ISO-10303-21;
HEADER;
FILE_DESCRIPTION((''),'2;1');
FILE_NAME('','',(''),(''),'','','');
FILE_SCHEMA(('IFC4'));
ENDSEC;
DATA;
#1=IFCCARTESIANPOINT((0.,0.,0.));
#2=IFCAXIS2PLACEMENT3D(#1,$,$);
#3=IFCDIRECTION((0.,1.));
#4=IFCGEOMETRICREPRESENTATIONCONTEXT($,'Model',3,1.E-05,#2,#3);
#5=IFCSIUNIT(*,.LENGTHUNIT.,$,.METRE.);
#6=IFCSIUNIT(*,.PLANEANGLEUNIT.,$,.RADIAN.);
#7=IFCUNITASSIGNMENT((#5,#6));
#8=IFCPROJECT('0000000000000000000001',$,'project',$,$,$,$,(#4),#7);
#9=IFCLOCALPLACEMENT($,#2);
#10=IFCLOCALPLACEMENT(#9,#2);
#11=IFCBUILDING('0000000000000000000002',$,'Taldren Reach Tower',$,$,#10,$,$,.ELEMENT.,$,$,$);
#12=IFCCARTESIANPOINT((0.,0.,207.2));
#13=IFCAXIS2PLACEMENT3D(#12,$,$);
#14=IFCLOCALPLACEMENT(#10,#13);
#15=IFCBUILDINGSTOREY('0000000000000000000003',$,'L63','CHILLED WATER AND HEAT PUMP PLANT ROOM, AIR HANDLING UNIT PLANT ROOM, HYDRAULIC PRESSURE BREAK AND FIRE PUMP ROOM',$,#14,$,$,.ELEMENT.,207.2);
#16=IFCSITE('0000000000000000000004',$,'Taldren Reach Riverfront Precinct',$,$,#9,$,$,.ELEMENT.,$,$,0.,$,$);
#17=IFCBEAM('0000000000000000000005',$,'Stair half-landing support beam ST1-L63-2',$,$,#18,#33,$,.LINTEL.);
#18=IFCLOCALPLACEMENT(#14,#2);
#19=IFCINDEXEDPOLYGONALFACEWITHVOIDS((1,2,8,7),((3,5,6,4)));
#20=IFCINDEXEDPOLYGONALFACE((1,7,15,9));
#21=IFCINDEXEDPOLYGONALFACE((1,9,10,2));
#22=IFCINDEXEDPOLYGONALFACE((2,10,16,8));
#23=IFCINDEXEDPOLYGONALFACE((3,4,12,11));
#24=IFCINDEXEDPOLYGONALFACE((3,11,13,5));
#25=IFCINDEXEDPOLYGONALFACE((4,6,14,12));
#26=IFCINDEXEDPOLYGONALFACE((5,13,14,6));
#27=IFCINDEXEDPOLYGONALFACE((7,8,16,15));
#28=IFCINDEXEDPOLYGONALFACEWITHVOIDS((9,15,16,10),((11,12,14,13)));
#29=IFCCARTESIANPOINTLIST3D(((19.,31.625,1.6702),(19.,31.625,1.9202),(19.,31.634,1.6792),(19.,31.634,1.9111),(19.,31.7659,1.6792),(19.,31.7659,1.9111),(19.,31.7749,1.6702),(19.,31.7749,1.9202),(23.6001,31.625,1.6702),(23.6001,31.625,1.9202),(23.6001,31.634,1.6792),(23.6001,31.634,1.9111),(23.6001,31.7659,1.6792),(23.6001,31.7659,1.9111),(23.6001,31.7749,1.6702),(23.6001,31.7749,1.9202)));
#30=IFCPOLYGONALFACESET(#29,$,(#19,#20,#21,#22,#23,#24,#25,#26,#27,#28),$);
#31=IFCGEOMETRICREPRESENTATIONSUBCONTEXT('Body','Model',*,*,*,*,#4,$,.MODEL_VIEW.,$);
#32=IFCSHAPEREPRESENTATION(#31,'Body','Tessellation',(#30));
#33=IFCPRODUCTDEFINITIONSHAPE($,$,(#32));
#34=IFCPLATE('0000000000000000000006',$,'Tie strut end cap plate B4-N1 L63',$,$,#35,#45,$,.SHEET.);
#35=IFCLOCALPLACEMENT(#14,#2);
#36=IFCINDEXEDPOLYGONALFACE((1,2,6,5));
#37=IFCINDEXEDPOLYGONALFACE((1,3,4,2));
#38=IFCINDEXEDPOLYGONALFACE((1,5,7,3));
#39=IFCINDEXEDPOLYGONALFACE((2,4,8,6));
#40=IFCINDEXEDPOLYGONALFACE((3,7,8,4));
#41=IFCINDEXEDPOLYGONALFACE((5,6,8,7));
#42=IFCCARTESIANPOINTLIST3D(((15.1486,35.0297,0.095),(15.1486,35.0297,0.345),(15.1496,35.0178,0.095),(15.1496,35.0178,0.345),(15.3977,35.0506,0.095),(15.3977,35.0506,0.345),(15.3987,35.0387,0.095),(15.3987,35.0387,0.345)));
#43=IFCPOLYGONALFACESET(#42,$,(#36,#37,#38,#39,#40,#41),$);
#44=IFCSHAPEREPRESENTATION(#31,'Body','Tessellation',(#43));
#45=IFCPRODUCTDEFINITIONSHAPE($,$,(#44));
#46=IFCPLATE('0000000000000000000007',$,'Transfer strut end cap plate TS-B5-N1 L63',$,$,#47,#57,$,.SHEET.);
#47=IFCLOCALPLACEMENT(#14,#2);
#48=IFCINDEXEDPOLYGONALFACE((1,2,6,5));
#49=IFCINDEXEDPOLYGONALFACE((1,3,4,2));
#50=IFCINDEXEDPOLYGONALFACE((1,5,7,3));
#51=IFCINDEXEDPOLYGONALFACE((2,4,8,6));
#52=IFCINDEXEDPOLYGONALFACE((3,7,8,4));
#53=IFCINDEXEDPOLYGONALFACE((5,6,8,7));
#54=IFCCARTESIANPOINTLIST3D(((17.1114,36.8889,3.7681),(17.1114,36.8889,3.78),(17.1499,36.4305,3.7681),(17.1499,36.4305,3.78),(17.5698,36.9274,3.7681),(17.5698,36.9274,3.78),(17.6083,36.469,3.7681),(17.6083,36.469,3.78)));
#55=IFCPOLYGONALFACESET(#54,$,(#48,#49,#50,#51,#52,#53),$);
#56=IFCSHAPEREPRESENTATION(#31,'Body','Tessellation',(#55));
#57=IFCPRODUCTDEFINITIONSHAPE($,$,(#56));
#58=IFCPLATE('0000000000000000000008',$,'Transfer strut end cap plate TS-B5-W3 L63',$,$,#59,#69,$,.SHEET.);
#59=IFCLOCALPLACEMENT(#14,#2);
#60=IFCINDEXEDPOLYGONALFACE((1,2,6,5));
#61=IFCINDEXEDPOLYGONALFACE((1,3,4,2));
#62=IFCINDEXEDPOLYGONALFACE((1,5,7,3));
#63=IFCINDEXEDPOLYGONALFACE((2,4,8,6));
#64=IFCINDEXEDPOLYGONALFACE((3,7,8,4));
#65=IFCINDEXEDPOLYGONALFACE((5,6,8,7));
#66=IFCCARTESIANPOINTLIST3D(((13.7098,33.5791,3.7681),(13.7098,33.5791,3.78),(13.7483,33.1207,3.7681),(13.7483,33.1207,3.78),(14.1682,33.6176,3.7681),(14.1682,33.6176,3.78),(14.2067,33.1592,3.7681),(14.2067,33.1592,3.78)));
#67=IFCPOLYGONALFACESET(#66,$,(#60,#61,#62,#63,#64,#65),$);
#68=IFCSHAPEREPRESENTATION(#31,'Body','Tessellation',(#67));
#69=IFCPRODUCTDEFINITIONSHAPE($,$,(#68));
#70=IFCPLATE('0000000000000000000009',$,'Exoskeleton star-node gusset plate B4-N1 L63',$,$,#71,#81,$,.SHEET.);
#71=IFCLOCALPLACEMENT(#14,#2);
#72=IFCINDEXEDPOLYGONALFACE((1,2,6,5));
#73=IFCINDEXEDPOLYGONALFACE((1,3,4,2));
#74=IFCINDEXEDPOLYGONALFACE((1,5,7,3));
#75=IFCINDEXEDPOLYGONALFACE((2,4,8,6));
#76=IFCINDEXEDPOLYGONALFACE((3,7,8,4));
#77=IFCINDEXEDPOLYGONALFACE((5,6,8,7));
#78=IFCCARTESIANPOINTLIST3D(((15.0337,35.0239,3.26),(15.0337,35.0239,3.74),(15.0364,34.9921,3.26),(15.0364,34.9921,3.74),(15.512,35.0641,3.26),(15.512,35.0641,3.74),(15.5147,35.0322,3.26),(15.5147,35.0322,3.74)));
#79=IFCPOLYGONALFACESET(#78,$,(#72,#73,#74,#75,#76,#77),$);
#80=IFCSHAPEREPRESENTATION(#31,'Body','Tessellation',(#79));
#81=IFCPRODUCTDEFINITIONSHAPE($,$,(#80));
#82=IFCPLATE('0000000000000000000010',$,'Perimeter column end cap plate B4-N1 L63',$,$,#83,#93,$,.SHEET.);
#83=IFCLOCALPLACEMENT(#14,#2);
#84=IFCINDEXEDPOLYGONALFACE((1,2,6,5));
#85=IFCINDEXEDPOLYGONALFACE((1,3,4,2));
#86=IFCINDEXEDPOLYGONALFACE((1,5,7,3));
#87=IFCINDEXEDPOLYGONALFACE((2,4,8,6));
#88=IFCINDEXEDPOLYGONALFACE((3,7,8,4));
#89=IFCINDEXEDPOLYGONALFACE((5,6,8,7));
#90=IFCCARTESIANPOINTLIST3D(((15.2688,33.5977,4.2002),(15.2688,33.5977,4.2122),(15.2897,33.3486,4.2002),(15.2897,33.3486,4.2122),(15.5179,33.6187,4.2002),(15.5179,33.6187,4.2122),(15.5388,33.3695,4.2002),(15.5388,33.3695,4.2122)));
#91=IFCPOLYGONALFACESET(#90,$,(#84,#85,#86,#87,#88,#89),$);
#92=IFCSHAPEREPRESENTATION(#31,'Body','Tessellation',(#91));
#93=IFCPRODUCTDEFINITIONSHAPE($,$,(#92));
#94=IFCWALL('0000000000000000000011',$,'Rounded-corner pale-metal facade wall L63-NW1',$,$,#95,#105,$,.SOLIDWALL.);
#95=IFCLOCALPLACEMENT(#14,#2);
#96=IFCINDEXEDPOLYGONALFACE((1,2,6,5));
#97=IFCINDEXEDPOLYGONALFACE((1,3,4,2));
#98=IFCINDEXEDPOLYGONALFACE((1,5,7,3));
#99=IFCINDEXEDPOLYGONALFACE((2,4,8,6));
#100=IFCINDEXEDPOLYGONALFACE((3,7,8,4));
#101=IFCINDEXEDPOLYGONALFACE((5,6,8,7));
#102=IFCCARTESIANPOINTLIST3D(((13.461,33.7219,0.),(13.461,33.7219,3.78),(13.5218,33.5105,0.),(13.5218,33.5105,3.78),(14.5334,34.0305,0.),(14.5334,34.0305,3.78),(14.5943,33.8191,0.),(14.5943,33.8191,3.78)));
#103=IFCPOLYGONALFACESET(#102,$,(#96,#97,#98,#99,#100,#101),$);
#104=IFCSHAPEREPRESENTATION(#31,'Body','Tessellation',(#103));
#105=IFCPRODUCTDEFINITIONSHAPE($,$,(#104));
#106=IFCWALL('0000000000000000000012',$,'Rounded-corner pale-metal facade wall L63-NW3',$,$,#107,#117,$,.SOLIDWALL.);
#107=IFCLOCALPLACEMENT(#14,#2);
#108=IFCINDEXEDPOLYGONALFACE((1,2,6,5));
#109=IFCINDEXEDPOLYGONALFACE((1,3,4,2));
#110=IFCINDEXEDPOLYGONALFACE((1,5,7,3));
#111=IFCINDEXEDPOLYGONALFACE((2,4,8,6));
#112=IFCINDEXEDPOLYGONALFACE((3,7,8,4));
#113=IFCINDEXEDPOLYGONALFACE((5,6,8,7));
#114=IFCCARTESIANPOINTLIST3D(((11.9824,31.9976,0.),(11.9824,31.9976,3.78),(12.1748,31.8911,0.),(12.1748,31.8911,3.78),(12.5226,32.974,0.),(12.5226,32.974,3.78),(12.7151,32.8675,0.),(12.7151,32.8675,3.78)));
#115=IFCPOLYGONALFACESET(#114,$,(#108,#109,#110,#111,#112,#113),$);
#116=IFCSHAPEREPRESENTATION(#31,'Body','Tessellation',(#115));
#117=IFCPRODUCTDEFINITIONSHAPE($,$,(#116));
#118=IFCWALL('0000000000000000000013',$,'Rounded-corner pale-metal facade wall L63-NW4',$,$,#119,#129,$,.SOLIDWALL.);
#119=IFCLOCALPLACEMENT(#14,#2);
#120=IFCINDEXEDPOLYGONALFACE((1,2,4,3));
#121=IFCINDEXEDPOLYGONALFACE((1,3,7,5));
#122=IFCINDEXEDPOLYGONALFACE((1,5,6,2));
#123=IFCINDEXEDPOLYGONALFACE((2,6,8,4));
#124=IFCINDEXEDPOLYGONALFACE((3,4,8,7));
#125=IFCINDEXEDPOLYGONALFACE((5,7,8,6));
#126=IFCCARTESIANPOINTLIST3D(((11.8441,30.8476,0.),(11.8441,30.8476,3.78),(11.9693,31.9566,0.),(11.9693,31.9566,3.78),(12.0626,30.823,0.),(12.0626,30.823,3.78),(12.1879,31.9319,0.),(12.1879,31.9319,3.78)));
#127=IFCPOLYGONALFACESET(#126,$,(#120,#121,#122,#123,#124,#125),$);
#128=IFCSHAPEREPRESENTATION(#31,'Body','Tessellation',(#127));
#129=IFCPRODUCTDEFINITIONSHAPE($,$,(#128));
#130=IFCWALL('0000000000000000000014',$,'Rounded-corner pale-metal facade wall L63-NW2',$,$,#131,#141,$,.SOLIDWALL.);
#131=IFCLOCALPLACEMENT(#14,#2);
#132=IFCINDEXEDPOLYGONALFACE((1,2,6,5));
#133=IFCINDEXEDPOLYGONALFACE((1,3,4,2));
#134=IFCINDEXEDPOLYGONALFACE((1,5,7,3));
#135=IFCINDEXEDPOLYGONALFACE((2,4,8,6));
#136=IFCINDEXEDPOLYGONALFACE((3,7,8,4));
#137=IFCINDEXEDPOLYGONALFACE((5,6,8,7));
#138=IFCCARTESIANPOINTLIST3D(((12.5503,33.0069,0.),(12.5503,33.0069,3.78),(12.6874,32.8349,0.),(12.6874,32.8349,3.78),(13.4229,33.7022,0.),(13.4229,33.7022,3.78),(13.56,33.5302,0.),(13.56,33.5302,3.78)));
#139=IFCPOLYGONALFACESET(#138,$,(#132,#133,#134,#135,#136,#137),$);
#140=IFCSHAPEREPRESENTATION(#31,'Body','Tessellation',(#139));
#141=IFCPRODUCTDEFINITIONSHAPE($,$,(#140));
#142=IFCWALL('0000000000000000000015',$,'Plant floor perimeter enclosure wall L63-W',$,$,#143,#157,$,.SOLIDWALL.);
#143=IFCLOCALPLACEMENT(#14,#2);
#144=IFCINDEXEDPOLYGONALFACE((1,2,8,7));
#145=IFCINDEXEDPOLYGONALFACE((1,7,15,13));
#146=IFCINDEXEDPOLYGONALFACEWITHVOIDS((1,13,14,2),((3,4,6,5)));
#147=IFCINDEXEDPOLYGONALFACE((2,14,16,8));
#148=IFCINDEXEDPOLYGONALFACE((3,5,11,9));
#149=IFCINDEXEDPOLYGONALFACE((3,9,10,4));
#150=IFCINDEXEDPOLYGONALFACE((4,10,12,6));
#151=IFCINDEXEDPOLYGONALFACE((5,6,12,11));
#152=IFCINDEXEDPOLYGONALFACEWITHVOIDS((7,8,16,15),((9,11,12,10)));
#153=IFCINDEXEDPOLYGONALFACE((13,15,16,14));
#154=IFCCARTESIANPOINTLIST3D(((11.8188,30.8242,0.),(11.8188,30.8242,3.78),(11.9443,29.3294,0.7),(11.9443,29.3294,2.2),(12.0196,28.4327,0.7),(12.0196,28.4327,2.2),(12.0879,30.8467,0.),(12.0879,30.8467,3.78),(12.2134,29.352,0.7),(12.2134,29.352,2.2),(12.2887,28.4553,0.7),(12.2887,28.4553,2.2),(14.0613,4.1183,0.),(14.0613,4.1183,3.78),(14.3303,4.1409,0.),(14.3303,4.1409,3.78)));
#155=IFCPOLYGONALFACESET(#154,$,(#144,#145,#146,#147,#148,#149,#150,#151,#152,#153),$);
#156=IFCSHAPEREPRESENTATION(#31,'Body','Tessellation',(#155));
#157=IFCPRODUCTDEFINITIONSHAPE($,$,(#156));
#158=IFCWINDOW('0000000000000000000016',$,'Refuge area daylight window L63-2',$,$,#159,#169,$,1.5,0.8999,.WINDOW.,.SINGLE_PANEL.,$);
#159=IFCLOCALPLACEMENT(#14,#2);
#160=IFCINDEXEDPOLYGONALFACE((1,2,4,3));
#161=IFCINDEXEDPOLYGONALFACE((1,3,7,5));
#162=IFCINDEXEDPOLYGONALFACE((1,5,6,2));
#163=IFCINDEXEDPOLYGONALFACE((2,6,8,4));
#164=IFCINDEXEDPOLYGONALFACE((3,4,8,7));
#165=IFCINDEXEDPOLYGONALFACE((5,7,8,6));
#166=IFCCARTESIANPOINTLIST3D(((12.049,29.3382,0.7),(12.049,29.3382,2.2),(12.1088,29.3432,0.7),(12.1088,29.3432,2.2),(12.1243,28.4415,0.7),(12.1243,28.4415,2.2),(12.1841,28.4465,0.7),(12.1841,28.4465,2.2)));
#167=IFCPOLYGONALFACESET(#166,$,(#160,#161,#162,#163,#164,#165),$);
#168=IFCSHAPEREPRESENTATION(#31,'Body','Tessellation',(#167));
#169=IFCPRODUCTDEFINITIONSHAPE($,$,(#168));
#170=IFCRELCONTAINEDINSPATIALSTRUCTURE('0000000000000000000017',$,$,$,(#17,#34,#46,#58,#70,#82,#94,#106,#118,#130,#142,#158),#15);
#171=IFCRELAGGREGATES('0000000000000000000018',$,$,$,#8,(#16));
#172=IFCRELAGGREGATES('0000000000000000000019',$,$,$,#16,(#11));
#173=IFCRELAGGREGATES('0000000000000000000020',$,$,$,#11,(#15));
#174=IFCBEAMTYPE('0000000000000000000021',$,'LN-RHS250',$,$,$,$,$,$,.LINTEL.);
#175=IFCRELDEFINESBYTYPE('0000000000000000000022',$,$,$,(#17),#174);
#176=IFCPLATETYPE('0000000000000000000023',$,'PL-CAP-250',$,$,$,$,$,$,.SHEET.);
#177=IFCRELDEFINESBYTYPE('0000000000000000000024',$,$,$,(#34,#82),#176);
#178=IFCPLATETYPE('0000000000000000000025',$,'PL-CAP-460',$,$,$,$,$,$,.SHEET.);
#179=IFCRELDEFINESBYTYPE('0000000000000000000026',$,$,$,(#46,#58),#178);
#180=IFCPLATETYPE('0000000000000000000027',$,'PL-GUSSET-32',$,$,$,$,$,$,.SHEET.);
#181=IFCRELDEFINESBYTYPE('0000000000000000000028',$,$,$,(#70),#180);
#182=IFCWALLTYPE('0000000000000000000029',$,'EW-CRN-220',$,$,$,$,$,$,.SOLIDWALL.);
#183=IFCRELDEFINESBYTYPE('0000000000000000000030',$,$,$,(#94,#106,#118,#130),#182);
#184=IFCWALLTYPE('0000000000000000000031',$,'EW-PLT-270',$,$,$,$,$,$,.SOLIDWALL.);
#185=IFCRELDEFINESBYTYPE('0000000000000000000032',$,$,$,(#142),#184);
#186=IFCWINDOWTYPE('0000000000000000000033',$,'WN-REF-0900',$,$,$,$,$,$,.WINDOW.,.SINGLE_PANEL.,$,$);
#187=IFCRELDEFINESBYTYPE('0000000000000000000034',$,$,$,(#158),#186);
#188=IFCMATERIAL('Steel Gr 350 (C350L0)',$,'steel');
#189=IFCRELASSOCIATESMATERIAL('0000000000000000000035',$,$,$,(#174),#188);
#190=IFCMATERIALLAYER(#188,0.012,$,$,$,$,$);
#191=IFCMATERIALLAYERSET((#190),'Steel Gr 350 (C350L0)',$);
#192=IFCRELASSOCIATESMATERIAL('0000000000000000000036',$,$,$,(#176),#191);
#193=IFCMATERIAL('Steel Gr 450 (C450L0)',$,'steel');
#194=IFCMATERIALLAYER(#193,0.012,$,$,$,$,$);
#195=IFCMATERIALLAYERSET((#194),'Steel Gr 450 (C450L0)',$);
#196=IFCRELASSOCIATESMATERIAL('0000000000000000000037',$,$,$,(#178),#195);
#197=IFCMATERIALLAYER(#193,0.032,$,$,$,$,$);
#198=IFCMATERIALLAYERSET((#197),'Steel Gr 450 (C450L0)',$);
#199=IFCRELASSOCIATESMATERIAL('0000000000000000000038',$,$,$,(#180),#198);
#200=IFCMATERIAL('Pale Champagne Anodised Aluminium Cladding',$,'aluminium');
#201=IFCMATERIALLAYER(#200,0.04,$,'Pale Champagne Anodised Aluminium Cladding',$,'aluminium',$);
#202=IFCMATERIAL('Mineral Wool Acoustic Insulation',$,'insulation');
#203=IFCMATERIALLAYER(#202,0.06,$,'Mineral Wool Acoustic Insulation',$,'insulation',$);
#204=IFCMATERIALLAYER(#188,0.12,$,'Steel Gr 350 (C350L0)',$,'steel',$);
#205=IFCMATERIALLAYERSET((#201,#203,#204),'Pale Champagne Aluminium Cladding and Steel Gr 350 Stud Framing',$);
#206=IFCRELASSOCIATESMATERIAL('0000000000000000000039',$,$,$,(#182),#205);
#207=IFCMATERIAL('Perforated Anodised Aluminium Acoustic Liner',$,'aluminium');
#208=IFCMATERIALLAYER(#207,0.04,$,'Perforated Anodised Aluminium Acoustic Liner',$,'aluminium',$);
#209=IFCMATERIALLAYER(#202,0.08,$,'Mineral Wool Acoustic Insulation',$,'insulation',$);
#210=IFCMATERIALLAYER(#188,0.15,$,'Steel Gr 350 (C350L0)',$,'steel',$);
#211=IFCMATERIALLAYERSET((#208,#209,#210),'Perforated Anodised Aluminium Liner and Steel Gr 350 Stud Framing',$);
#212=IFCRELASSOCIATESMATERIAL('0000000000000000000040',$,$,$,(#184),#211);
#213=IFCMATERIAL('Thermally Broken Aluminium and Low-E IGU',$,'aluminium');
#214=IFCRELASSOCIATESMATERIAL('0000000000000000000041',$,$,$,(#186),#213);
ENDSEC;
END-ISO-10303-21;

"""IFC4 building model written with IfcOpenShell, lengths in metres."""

from ifc_helpers import new_model, si_unit, direction, frame, frame_2d, origin, origin_2d, place, context, subcontext, project, spatial, rectangle, hollow_rectangle, extrude, source, transform, mapped, material, layer, layer_set, material_profile, profile_set, type_object, element, fill, save


model = new_model("IFC4")

# Units and contexts
model_context = context("Model", 3, precision=1e-05, world=origin(), true_north=direction((0.0, 1.0)))
body_context = subcontext(model_context, "Body", "Model", "MODEL_VIEW")
ifc_project = project(units=[si_unit("LENGTHUNIT", "METRE"), si_unit("PLANEANGLEUNIT", "RADIAN")], contexts=[model_context])

# Site, building, storey
site_placement = place(None, origin())
site = spatial("IfcSite", under=ifc_project, at=site_placement, Name="Taldren Reach Riverfront Precinct", CompositionType="ELEMENT", RefElevation=0.0)
building_placement = place(site_placement, origin())
building = spatial("IfcBuilding", under=site, at=building_placement, Name="Taldren Reach Tower", CompositionType="ELEMENT")
storey_placement = place(building_placement, frame((0.0, 0.0, 207.2)))
storey = spatial("IfcBuildingStorey", under=building, at=storey_placement, Name="L63", Description="CHILLED WATER AND HEAT PUMP PLANT ROOM, AIR HANDLING UNIT PLANT ROOM, HYDRAULIC PRESSURE BREAK AND FIRE PUMP ROOM", CompositionType="ELEMENT", Elevation=207.2)

# Shared definitions
ifc_material_1 = material(Name="Steel Gr 450 (C450L0)", Category="steel")
ifc_material_2 = material(Name="Steel Gr 350 (C350L0)", Category="steel")

# Beam
ifc_material_profile_1 = material_profile(ifc_material_2, hollow_rectangle(XDim=0.1499, YDim=0.25, WallThickness=0.009, at=origin_2d()), Name="250x150x9.0RHS")
ifc_profile_set_1 = profile_set([ifc_material_profile_1], Name="Steel Gr 350 (C350L0)")
beam_type_1 = type_object("IfcBeamType", Name="LN-RHS250", PredefinedType="LINTEL", material=ifc_profile_set_1)
shared_shape_1 = source(origin(), body_context, "Body", "SweptSolid", [
    extrude(hollow_rectangle(XDim=0.1499, YDim=0.25, WallThickness=0.009, at=origin_2d()), origin(), (0.0, 0.0, 1.0), 4.6001),
])
beam_1_placement = place(storey_placement, frame((19.0, 31.7, 1.7952), z_axis=(1.0, 0.0, 0.0), x_axis=(0.0, 1.0, 0.0)))
element("IfcBeam", 1, at=beam_1_placement, inside=storey, type_object=beam_type_1, Name="Stair half-landing support beam ST1-L63-2", PredefinedType="LINTEL", context=body_context, shape_type="MappedRepresentation", body=[
    mapped(shared_shape_1, transform((0.0, 0.0, 0.0), scale=1.0)),
])

# Plates
ifc_layer_1 = layer(ifc_material_2, 0.012)
ifc_layer_set_1 = layer_set([ifc_layer_1], Name="Steel Gr 350 (C350L0)")
plate_type_1 = type_object("IfcPlateType", Name="PL-CAP-250", PredefinedType="SHEET", material=ifc_layer_set_1)
shared_shape_2 = source(origin(), body_context, "Body", "SweptSolid", [
    extrude(rectangle(XDim=0.25, YDim=0.012, at=origin_2d()), origin(), (0.0, 0.0, 1.0), 0.25),
])
plate_1_placement = place(storey_placement, frame((15.2737, 35.0342, 0.095), z_axis=(0.0, 0.0, 1.0), x_axis=(0.996493, 0.083678, 0.0)))
element("IfcPlate", 2, at=plate_1_placement, inside=storey, type_object=plate_type_1, Name="Tie strut end cap plate B4-N1 L63", PredefinedType="SHEET", context=body_context, shape_type="MappedRepresentation", body=[
    mapped(shared_shape_2, transform((0.0, 0.0, 0.0), scale=1.0)),
])
ifc_layer_2 = layer(ifc_material_1, 0.012)
ifc_layer_set_2 = layer_set([ifc_layer_2], Name="Steel Gr 450 (C450L0)")
plate_type_2 = type_object("IfcPlateType", Name="PL-CAP-460", PredefinedType="SHEET", material=ifc_layer_set_2)
shared_shape_3 = source(origin(), body_context, "Body", "SweptSolid", [
    extrude(rectangle(XDim=0.46, YDim=0.46, at=origin_2d()), origin(), (0.0, 0.0, 1.0), 0.012),
])
for number, where, z_axis, x_axis, name in (
    (3, (17.3599, 36.679, 3.7681), (0.0, 0.0, 1.0), (0.996493, 0.083678, 0.0), "Transfer strut end cap plate TS-B5-N1 L63"),
    (4, (13.9583, 33.3691, 3.7681), (0.0, 0.0, 1.0), (0.996493, 0.083678, 0.0), "Transfer strut end cap plate TS-B5-W3 L63"),
):
    element("IfcPlate", number, at=place(storey_placement, frame(where, z_axis=z_axis, x_axis=x_axis)), inside=storey, type_object=plate_type_2, Name=name, PredefinedType="SHEET", context=body_context, shape_type="MappedRepresentation", body=[
        mapped(shared_shape_3, transform((0.0, 0.0, 0.0), scale=1.0)),
    ])
ifc_layer_3 = layer(ifc_material_1, 0.032)
ifc_layer_set_3 = layer_set([ifc_layer_3], Name="Steel Gr 450 (C450L0)")
plate_type_3 = type_object("IfcPlateType", Name="PL-GUSSET-32", PredefinedType="SHEET", material=ifc_layer_set_3)
shared_shape_4 = source(origin(), body_context, "Body", "SweptSolid", [
    extrude(rectangle(XDim=0.48, YDim=0.032, at=origin_2d()), origin(), (0.0, 0.0, 1.0), 0.48),
])
plate_2_placement = place(storey_placement, frame((15.2742, 35.0281, 3.26), z_axis=(0.0, 0.0, 1.0), x_axis=(0.996493, 0.083678, 0.0)))
element("IfcPlate", 5, at=plate_2_placement, inside=storey, type_object=plate_type_3, Name="Exoskeleton star-node gusset plate B4-N1 L63", PredefinedType="SHEET", context=body_context, shape_type="MappedRepresentation", body=[
    mapped(shared_shape_4, transform((0.0, 0.0, 0.0), scale=1.0)),
])
shared_shape_5 = source(origin(), body_context, "Body", "SweptSolid", [
    extrude(rectangle(XDim=0.25, YDim=0.25, at=origin_2d()), origin(), (0.0, 0.0, 1.0), 0.012),
])
plate_3_placement = place(storey_placement, frame((15.4038, 33.4836, 4.2002), z_axis=(0.0, 0.0, 1.0), x_axis=(0.996493, 0.083678, 0.0)))
element("IfcPlate", 6, at=plate_3_placement, inside=storey, type_object=plate_type_1, Name="Perimeter column end cap plate B4-N1 L63", PredefinedType="SHEET", context=body_context, shape_type="MappedRepresentation", body=[
    mapped(shared_shape_5, transform((0.0, 0.0, 0.0), scale=1.0)),
])

# Walls
ifc_material_3 = material(Name="Pale Champagne Anodised Aluminium Cladding", Category="aluminium")
ifc_layer_4 = layer(ifc_material_3, 0.04, Name="Pale Champagne Anodised Aluminium Cladding", Category="aluminium")
ifc_material_4 = material(Name="Mineral Wool Acoustic Insulation", Category="insulation")
ifc_layer_5 = layer(ifc_material_4, 0.06, Name="Mineral Wool Acoustic Insulation", Category="insulation")
ifc_layer_6 = layer(ifc_material_2, 0.12, Name="Steel Gr 350 (C350L0)", Category="steel")
ifc_layer_set_4 = layer_set([ifc_layer_4, ifc_layer_5, ifc_layer_6], Name="Pale Champagne Aluminium Cladding and Steel Gr 350 Stud Framing")
wall_type_1 = type_object("IfcWallType", Name="EW-CRN-220", PredefinedType="SOLIDWALL", material=ifc_layer_set_4)
shared_shape_6 = source(origin(), body_context, "Body", "SweptSolid", [
    extrude(rectangle(XDim=1.116, YDim=0.22, at=frame_2d((0.5581, 0.0))), origin(), (0.0, 0.0, 1.0), 3.78),
])
for number, where, z_axis, x_axis, name in (
    (7, (14.564, 33.9248, 0.0), (0.0, 0.0, 1.0), (-0.96101, -0.276512, 0.0), "Rounded-corner pale-metal facade wall L63-NW1"),
    (8, (12.6189, 32.9209, 0.0), (0.0, 0.0, 1.0), (-0.484101, -0.875012, 0.0), "Rounded-corner pale-metal facade wall L63-NW3"),
    (9, (12.0786, 31.9443, 0.0), (0.0, 0.0, 1.0), (-0.112232, -0.993682, 0.0), "Rounded-corner pale-metal facade wall L63-NW4"),
):
    element("IfcWall", number, at=place(storey_placement, frame(where, z_axis=z_axis, x_axis=x_axis)), inside=storey, type_object=wall_type_1, Name=name, PredefinedType="SOLIDWALL", context=body_context, shape_type="MappedRepresentation", body=[
        mapped(shared_shape_6, transform((0.0, 0.0, 0.0), scale=1.0)),
    ])
shared_shape_7 = source(origin(), body_context, "Body", "SweptSolid", [
    extrude(rectangle(XDim=1.1157, YDim=0.22, at=frame_2d((0.5579, 0.0))), origin(), (0.0, 0.0, 1.0), 3.78),
])
wall_1_placement = place(storey_placement, frame((13.4915, 33.6162, 0.0), z_axis=(0.0, 0.0, 1.0), x_axis=(-0.782063, -0.6232, 0.0)))
element("IfcWall", 10, at=wall_1_placement, inside=storey, type_object=wall_type_1, Name="Rounded-corner pale-metal facade wall L63-NW2", PredefinedType="SOLIDWALL", context=body_context, shape_type="MappedRepresentation", body=[
    mapped(shared_shape_7, transform((0.0, 0.0, 0.0), scale=1.0)),
])

# Wall, opening, window
ifc_material_5 = material(Name="Perforated Anodised Aluminium Acoustic Liner", Category="aluminium")
ifc_layer_7 = layer(ifc_material_5, 0.04, Name="Perforated Anodised Aluminium Acoustic Liner", Category="aluminium")
ifc_layer_8 = layer(ifc_material_4, 0.08, Name="Mineral Wool Acoustic Insulation", Category="insulation")
ifc_layer_9 = layer(ifc_material_2, 0.15, Name="Steel Gr 350 (C350L0)", Category="steel")
ifc_layer_set_5 = layer_set([ifc_layer_7, ifc_layer_8, ifc_layer_9], Name="Perforated Anodised Aluminium Liner and Steel Gr 350 Stud Framing")
wall_type_2 = type_object("IfcWallType", Name="EW-PLT-270", PredefinedType="SOLIDWALL", material=ifc_layer_set_5)
shared_shape_8 = source(origin(), body_context, "Body", "SweptSolid", [
    extrude(rectangle(XDim=26.7998, YDim=0.27, at=frame_2d((13.3999, 0.0))), origin(), (0.0, 0.0, 1.0), 3.78),
])
wall_2_placement = place(storey_placement, frame((11.9534, 30.8354, 0.0), z_axis=(0.0, 0.0, 1.0), x_axis=(0.083673, -0.996493, 0.0)))
wall_2 = element("IfcWall", 11, at=wall_2_placement, inside=storey, type_object=wall_type_2, Name="Plant floor perimeter enclosure wall L63-W", PredefinedType="SOLIDWALL", context=body_context, shape_type="MappedRepresentation", body=[
    mapped(shared_shape_8, transform((0.0, 0.0, 0.0), scale=1.0)),
])
shared_shape_9 = source(origin(), body_context, "Body", "SweptSolid", [
    extrude(rectangle(XDim=0.8999, YDim=1.5, at=frame_2d((0.45, 0.75))), frame((0.0, 0.145, 0.0), z_axis=(0.0, -1.0, 0.0), x_axis=(1.0, 0.0, 0.0)), (0.0, 0.0, 1.0), 0.29),
])
opening_placement = place(wall_2_placement, frame((1.5, 0.0, 0.7)))
opening = element("IfcOpeningElement", 12, at=opening_placement, cuts=wall_2, PredefinedType="OPENING", context=body_context, shape_type="MappedRepresentation", body=[
    mapped(shared_shape_9, transform((0.0, 0.0, 0.0), scale=1.0)),
])
ifc_material_6 = material(Name="Thermally Broken Aluminium and Low-E IGU", Category="aluminium")
window_type = type_object("IfcWindowType", Name="WN-REF-0900", PartitioningType="SINGLE_PANEL", PredefinedType="WINDOW", material=ifc_material_6)
shared_shape_10 = source(origin(), body_context, "Body", "SweptSolid", [
    extrude(rectangle(XDim=0.8999, YDim=1.5, at=frame_2d((0.45, 0.75))), frame((0.0, 0.03, 0.0), z_axis=(0.0, -1.0, 0.0), x_axis=(1.0, 0.0, 0.0)), (0.0, 0.0, 1.0), 0.0601),
])
window_placement = place(opening_placement, origin())
window = element("IfcWindow", 13, at=window_placement, inside=storey, type_object=window_type, Name="Refuge area daylight window L63-2", OverallHeight=1.5, OverallWidth=0.8999, PartitioningType="SINGLE_PANEL", PredefinedType="WINDOW", context=body_context, shape_type="MappedRepresentation", body=[
    mapped(shared_shape_10, transform((0.0, 0.0, 0.0), scale=1.0)),
])
fill(opening, window)

save(model, "model.ifc")
